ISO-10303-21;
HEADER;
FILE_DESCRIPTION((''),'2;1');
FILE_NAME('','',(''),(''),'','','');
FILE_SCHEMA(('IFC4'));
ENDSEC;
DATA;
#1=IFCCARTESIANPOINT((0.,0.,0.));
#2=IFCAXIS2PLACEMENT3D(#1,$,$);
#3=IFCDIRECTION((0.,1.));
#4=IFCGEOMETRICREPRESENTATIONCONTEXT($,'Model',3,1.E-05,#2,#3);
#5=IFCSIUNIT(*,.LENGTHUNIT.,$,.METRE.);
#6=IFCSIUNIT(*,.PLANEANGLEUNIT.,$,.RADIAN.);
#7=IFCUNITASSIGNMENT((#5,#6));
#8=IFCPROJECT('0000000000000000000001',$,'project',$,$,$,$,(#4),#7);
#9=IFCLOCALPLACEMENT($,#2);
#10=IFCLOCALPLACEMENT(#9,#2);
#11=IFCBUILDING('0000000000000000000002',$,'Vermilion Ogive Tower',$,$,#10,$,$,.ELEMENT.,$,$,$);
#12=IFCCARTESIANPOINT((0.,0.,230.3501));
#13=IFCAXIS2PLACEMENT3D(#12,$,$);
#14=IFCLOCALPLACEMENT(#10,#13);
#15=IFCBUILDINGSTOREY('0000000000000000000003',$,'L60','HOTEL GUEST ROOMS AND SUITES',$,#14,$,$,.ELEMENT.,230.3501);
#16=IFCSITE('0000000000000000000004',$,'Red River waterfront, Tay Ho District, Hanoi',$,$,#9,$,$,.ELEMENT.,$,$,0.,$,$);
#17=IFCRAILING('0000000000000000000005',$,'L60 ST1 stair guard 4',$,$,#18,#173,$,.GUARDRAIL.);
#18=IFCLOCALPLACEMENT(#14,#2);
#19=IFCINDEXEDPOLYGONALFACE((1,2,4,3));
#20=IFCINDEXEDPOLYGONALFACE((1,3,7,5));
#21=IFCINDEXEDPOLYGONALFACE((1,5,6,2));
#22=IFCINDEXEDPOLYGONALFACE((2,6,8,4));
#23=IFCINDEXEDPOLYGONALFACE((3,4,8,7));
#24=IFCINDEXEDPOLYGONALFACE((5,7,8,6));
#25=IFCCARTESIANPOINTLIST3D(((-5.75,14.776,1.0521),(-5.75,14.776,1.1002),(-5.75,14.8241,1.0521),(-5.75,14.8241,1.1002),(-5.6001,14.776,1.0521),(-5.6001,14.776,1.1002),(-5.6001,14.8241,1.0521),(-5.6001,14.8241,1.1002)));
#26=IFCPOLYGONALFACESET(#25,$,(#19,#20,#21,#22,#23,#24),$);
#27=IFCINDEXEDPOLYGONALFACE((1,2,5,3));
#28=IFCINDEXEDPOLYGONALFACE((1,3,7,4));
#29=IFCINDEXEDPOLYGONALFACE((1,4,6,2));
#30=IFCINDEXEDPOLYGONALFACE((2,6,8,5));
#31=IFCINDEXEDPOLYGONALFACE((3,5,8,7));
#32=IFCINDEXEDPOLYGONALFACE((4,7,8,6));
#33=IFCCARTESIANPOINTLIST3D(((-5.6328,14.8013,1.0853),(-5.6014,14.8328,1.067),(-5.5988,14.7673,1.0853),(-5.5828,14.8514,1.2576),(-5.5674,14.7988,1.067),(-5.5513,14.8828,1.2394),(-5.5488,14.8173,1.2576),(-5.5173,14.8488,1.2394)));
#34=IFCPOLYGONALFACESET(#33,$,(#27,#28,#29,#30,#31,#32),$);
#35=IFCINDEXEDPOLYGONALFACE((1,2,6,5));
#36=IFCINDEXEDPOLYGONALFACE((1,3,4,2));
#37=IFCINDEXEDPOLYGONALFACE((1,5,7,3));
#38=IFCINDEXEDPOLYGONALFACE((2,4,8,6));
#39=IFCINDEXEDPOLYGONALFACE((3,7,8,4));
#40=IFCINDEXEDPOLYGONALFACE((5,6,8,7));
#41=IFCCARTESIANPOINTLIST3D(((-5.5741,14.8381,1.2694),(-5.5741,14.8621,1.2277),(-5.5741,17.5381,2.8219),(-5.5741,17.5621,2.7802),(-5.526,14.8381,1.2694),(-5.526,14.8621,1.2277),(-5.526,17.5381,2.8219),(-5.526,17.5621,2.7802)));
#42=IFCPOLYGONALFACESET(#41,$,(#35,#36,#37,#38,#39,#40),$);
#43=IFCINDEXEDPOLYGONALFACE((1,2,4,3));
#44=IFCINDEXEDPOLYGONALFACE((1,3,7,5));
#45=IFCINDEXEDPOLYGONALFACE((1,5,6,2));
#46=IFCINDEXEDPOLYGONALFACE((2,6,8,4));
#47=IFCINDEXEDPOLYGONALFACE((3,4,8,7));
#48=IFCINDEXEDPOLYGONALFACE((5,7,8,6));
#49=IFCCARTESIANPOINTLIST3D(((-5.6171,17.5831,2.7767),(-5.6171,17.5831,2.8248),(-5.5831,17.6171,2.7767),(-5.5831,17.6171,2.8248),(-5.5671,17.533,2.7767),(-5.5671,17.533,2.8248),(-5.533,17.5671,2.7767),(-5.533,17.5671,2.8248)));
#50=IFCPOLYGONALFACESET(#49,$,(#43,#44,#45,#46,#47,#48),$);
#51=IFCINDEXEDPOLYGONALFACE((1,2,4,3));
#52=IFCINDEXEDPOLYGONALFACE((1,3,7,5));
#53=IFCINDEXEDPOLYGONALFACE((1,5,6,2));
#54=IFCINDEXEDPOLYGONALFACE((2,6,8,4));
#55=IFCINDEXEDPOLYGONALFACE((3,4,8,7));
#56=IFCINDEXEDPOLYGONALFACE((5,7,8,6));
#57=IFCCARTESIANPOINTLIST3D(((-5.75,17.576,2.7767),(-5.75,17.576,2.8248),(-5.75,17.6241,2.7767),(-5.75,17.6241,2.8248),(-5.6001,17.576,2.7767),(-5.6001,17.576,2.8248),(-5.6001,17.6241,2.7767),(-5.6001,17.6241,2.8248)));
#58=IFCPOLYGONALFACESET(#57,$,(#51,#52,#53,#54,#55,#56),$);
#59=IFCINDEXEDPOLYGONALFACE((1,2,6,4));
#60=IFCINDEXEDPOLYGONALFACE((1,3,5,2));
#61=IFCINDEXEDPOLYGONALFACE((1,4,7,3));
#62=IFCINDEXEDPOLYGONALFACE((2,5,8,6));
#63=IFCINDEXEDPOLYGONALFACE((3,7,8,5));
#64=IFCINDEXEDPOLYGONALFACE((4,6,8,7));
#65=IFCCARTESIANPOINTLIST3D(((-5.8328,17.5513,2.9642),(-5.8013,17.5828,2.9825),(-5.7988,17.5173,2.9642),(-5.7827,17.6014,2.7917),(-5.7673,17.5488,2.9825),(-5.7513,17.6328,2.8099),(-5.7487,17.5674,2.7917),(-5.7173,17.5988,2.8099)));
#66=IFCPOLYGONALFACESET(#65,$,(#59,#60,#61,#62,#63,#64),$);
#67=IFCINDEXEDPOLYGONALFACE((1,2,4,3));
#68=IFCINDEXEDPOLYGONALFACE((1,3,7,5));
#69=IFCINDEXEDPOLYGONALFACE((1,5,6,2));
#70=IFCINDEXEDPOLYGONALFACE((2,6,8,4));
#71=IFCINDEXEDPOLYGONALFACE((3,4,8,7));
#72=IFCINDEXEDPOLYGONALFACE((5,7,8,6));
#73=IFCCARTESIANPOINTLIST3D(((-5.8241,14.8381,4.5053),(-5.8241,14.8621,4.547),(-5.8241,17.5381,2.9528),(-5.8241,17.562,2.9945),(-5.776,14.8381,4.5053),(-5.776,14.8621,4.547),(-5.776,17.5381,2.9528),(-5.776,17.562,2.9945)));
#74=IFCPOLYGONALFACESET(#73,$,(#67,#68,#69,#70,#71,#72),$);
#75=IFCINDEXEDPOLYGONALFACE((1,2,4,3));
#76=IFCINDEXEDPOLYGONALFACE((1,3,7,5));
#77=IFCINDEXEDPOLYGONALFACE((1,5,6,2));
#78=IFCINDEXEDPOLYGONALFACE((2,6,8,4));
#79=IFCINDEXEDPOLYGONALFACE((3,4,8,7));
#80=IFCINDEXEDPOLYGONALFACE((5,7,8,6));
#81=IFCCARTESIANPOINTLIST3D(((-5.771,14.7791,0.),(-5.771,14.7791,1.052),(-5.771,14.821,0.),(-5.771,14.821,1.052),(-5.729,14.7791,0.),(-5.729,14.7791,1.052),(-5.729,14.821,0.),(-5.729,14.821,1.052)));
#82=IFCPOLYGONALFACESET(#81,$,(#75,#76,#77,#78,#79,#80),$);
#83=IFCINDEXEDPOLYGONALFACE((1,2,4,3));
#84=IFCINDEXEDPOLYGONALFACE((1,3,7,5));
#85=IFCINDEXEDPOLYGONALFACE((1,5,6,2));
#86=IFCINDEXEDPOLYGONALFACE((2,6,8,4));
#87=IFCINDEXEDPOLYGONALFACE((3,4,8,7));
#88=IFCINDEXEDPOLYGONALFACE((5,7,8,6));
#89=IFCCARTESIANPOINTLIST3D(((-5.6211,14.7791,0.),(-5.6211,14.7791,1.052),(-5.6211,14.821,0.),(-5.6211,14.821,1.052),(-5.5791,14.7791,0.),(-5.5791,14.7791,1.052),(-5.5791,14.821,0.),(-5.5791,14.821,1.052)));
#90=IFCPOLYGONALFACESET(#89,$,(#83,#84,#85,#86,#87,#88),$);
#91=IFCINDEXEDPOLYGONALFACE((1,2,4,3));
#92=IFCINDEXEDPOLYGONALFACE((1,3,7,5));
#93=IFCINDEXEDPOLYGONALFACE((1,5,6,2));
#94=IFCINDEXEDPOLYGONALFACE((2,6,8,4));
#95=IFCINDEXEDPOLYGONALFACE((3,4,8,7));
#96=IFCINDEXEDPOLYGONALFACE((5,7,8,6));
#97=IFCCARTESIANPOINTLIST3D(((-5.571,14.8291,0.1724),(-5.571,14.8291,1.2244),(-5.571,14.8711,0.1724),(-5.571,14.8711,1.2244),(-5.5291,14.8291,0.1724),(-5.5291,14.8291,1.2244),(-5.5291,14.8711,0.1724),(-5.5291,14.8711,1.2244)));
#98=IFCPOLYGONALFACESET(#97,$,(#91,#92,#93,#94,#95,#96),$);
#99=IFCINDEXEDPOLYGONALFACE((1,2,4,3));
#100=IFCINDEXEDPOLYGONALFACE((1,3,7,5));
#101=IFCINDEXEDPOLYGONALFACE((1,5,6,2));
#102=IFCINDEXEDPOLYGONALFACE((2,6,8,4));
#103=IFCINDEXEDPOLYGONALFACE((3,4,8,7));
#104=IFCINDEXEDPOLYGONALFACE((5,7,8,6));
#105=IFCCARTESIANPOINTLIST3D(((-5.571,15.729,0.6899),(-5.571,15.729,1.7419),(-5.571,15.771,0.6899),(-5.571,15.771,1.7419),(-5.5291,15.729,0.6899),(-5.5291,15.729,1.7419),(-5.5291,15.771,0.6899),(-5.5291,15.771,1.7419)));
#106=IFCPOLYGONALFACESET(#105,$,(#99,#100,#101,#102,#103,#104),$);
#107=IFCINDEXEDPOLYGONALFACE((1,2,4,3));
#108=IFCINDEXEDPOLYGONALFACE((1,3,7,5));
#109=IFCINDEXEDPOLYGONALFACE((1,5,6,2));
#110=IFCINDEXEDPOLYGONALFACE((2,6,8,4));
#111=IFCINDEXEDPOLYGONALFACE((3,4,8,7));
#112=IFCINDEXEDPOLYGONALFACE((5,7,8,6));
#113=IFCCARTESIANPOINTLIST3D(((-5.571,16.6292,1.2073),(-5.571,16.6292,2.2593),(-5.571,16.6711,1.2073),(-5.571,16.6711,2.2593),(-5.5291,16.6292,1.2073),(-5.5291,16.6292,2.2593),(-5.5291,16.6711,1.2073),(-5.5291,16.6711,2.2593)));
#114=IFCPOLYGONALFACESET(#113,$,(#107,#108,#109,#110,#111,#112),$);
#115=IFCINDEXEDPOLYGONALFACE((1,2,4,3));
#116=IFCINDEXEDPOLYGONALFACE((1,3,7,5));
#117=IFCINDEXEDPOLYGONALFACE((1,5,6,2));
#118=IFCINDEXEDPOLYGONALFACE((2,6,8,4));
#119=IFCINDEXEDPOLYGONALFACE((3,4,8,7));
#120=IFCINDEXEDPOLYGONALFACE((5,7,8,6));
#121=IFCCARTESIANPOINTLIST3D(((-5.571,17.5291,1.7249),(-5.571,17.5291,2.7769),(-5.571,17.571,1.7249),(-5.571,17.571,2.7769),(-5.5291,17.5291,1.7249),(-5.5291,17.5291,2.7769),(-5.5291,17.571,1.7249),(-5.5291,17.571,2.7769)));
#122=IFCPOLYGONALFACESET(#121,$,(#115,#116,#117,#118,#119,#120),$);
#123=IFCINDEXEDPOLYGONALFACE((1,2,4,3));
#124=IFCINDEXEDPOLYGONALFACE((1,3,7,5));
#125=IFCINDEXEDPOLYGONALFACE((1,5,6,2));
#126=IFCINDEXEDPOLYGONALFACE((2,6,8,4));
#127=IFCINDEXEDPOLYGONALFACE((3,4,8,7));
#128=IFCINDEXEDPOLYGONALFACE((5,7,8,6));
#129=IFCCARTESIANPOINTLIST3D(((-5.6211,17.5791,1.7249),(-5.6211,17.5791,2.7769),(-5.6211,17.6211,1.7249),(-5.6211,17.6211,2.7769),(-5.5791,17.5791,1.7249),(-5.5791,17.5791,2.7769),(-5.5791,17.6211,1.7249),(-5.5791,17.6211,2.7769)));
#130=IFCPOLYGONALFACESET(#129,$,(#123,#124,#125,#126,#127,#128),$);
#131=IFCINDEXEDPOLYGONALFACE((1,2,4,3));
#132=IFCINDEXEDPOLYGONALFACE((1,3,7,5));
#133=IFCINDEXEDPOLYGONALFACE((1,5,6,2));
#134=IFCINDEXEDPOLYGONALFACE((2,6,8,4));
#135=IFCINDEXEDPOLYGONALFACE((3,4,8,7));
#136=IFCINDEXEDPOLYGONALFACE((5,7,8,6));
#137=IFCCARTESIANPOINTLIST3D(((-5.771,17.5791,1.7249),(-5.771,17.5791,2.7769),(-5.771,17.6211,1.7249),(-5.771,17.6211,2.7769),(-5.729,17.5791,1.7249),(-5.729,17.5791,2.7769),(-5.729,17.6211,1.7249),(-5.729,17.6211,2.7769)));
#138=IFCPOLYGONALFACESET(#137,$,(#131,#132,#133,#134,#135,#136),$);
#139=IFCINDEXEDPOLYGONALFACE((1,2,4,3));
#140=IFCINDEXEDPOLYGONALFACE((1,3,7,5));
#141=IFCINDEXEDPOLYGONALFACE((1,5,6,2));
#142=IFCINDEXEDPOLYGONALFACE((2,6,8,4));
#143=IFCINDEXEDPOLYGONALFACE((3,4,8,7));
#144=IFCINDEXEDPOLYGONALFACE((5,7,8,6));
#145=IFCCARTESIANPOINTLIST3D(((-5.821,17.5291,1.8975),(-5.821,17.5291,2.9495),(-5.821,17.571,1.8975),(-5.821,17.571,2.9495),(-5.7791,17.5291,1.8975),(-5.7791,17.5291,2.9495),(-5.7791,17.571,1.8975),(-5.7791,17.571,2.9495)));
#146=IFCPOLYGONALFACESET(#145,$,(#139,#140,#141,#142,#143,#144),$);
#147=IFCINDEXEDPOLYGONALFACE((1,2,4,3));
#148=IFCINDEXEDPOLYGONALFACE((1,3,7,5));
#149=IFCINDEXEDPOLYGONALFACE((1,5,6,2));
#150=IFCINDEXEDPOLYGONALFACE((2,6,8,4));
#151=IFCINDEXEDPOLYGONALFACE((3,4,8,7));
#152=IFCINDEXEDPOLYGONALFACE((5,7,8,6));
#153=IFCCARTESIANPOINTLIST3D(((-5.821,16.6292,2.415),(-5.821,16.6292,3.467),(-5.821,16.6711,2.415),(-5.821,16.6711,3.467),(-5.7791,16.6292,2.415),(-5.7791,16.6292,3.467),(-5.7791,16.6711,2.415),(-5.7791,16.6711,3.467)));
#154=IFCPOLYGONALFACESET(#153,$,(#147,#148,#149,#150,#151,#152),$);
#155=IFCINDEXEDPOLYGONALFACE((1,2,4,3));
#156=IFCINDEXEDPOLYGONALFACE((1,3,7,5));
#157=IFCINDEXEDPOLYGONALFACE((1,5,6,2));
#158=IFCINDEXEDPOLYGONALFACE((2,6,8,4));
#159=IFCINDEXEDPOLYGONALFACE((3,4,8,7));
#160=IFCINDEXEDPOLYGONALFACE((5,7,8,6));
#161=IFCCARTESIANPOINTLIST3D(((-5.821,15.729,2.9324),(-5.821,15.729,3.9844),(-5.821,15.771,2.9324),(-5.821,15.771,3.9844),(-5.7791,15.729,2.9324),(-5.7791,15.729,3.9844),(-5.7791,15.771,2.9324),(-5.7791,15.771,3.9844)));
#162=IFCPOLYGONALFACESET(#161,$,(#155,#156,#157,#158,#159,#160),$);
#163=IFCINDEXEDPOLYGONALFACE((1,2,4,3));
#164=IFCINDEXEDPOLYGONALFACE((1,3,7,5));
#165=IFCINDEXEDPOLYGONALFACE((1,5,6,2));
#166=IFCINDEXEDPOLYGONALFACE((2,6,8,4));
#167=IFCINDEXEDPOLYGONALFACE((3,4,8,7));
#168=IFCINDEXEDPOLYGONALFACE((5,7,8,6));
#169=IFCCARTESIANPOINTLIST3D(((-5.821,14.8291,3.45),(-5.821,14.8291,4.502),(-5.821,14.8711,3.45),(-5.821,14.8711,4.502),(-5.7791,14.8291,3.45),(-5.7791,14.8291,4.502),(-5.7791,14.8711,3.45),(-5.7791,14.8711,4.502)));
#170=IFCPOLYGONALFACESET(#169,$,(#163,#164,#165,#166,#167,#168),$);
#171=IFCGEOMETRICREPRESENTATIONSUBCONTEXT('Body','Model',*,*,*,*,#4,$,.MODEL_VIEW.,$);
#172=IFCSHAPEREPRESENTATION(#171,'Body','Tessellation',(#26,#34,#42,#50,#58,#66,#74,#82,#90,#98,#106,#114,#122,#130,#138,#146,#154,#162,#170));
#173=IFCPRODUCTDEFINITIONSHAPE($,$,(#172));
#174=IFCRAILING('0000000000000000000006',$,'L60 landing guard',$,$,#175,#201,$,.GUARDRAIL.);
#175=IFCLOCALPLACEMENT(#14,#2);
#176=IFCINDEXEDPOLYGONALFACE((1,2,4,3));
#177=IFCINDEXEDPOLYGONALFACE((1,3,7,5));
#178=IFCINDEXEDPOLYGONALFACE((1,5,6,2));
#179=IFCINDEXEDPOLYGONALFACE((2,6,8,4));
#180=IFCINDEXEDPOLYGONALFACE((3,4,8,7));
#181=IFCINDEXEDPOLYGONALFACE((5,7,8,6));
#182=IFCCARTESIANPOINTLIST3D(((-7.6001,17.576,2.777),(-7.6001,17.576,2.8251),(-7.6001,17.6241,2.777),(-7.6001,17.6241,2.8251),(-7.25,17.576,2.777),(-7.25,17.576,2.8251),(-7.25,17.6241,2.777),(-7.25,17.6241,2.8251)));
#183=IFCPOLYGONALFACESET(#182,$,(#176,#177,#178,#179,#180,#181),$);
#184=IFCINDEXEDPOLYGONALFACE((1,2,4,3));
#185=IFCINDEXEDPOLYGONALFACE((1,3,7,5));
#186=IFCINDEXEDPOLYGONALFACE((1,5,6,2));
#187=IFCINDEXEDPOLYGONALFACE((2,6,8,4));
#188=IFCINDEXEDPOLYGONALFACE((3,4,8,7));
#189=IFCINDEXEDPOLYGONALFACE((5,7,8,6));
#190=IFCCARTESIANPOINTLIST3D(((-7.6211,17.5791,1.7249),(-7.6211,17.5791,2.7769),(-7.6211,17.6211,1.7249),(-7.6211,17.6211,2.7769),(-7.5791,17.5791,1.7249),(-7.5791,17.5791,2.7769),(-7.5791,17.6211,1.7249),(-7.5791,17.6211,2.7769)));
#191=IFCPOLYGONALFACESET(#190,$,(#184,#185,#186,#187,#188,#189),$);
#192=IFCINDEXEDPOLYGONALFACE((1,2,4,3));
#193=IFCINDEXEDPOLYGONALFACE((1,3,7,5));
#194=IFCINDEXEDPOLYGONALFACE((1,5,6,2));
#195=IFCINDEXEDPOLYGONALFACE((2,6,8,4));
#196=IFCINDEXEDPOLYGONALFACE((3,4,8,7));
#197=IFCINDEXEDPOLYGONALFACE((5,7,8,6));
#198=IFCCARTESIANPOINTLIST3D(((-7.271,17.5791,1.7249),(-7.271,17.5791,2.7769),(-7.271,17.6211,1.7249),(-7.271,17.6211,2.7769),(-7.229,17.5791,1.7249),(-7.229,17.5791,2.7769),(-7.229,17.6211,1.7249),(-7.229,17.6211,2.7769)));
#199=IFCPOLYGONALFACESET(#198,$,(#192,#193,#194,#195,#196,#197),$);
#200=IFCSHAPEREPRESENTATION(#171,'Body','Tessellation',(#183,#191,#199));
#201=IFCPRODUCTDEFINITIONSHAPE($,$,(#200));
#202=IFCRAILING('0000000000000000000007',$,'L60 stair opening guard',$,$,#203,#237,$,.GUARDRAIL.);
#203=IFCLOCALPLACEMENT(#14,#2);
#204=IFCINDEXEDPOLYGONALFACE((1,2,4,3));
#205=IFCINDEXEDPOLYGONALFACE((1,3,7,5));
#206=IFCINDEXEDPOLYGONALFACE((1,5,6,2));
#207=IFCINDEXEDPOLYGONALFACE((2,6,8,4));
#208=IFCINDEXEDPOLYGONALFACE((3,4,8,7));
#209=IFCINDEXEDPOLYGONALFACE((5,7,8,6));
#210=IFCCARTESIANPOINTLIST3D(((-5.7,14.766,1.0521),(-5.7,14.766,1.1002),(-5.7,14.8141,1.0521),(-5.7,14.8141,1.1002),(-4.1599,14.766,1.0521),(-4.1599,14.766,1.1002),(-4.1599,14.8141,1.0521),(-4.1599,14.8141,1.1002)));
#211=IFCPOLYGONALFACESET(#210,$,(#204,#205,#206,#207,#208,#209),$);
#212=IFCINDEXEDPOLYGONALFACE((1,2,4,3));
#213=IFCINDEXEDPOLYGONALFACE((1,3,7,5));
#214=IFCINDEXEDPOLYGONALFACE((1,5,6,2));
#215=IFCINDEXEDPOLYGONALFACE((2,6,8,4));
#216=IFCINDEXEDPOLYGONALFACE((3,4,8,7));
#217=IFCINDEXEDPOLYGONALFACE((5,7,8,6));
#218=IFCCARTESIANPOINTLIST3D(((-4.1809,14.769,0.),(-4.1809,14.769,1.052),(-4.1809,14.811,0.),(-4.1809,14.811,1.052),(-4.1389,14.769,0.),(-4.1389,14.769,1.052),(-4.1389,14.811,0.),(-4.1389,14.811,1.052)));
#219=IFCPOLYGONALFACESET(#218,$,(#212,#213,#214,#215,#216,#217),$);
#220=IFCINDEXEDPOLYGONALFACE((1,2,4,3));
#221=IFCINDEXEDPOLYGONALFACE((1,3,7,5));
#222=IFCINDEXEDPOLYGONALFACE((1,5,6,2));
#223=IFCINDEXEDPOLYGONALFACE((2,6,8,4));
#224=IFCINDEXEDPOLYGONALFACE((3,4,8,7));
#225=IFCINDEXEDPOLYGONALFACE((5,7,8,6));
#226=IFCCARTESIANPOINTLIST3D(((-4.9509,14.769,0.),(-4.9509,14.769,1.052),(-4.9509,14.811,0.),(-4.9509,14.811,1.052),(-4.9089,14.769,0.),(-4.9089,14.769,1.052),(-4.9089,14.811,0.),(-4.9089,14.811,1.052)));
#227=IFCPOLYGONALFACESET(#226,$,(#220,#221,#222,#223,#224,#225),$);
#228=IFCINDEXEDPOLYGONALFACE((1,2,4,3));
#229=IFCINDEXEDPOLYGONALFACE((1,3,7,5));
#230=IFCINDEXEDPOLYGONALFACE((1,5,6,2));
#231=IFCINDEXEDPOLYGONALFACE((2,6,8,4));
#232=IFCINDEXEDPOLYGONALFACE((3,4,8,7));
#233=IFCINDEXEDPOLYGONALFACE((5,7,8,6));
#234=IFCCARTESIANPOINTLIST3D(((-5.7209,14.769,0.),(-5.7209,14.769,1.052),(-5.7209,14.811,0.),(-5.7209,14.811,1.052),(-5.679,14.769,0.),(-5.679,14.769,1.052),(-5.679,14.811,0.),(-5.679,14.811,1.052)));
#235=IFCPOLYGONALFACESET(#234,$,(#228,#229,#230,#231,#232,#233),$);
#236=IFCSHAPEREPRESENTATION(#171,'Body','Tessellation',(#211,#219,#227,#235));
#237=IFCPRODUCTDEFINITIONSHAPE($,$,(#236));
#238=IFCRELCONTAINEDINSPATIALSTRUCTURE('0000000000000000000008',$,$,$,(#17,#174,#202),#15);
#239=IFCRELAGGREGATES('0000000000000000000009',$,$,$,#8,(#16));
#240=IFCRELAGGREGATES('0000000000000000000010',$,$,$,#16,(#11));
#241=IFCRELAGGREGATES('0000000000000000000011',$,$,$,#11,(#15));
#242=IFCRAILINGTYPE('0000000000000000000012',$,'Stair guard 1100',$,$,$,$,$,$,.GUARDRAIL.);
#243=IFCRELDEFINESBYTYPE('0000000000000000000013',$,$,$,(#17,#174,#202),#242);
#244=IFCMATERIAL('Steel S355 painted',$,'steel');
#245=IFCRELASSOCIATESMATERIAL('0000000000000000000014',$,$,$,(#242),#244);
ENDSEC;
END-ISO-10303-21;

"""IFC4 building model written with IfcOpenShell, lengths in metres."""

from ifc_helpers import new_model, si_unit, direction, frame, origin, origin_2d, place, context, subcontext, project, spatial, rectangle, extrude, material, type_object, element, save


model = new_model("IFC4")

# Units and contexts
model_context = context("Model", 3, precision=1e-05, world=origin(), true_north=direction((0.0, 1.0)))
body_context = subcontext(model_context, "Body", "Model", "MODEL_VIEW")
ifc_project = project(units=[si_unit("LENGTHUNIT", "METRE"), si_unit("PLANEANGLEUNIT", "RADIAN")], contexts=[model_context])

# Site, building, storey
site_placement = place(None, origin())
site = spatial("IfcSite", under=ifc_project, at=site_placement, Name="Red River waterfront, Tay Ho District, Hanoi", CompositionType="ELEMENT", RefElevation=0.0)
building_placement = place(site_placement, origin())
building = spatial("IfcBuilding", under=site, at=building_placement, Name="Vermilion Ogive Tower", CompositionType="ELEMENT")
storey_placement = place(building_placement, frame((0.0, 0.0, 230.3501)))
storey = spatial("IfcBuildingStorey", under=building, at=storey_placement, Name="L60", Description="HOTEL GUEST ROOMS AND SUITES", CompositionType="ELEMENT", Elevation=230.3501)

# Railings
ifc_material_1 = material(Name="Steel S355 painted", Category="steel")
railing_type_1 = type_object("IfcRailingType", Name="Stair guard 1100", PredefinedType="GUARDRAIL", material=ifc_material_1)
railing_1_placement = place(storey_placement, frame((-5.75, 14.8, 0.0)))
element("IfcRailing", 1, at=railing_1_placement, inside=storey, type_object=railing_type_1, Name="L60 ST1 stair guard 4", PredefinedType="GUARDRAIL", context=body_context, shape_type="SweptSolid", body=[
    extrude(rectangle(XDim=0.0481, YDim=0.0481, at=origin_2d()), frame((0.0, 0.0, 1.0762), z_axis=(1.0, 0.0, 0.0), x_axis=(0.0, 1.0, 0.0)), (0.0, 0.0, 1.0), 0.1499),
    extrude(rectangle(XDim=0.0481, YDim=0.0481, at=origin_2d()), frame((0.1499, 0.0, 1.0762), z_axis=(0.268603, 0.268603, 0.925043), x_axis=(-0.707107, 0.707107, 0.0)), (0.0, 0.0, 1.0), 0.1863),
    extrude(rectangle(XDim=0.0481, YDim=0.0481, at=origin_2d()), frame((0.2, 0.05, 1.2485), z_axis=(0.0, 0.866904, 0.498476), x_axis=(-1.0, 0.0, 0.0)), (0.0, 0.0, 1.0), 3.1145),
    extrude(rectangle(XDim=0.0481, YDim=0.0481, at=origin_2d()), frame((0.2, 2.75, 2.8008), z_axis=(-0.707107, 0.707107, 0.0), x_axis=(-0.707107, -0.707107, 0.0)), (0.0, 0.0, 1.0), 0.0708),
    extrude(rectangle(XDim=0.0481, YDim=0.0481, at=origin_2d()), frame((0.1499, 2.8, 2.8008), z_axis=(-1.0, 0.0, 0.0), x_axis=(0.0, -1.0, 0.0)), (0.0, 0.0, 1.0), 0.1499),
    extrude(rectangle(XDim=0.0481, YDim=0.0481, at=origin_2d()), frame((0.0, 2.8, 2.8008), z_axis=(-0.268278, -0.268278, 0.925232), x_axis=(0.707107, -0.707107, 0.0)), (0.0, 0.0, 1.0), 0.1865),
    extrude(rectangle(XDim=0.0481, YDim=0.0481, at=origin_2d()), frame((-0.05, 2.75, 2.9736), z_axis=(0.0, -0.866904, 0.498476), x_axis=(1.0, 0.0, 0.0)), (0.0, 0.0, 1.0), 3.1145),
    extrude(rectangle(XDim=0.042, YDim=0.042, at=origin_2d()), origin(), (0.0, 0.0, 1.0), 1.052),
    extrude(rectangle(XDim=0.042, YDim=0.042, at=origin_2d()), frame((0.1499, 0.0, 0.0)), (0.0, 0.0, 1.0), 1.052),
    extrude(rectangle(XDim=0.042, YDim=0.042, at=origin_2d()), frame((0.2, 0.05, 0.1724)), (0.0, 0.0, 1.0), 1.052),
    extrude(rectangle(XDim=0.042, YDim=0.042, at=origin_2d()), frame((0.2, 0.95, 0.6899)), (0.0, 0.0, 1.0), 1.052),
    extrude(rectangle(XDim=0.042, YDim=0.042, at=origin_2d()), frame((0.2, 1.8501, 1.2073)), (0.0, 0.0, 1.0), 1.052),
    extrude(rectangle(XDim=0.042, YDim=0.042, at=origin_2d()), frame((0.2, 2.75, 1.7249)), (0.0, 0.0, 1.0), 1.052),
    extrude(rectangle(XDim=0.042, YDim=0.042, at=origin_2d()), frame((0.1499, 2.8, 1.7249)), (0.0, 0.0, 1.0), 1.052),
    extrude(rectangle(XDim=0.042, YDim=0.042, at=origin_2d()), frame((0.0, 2.8, 1.7249)), (0.0, 0.0, 1.0), 1.052),
    extrude(rectangle(XDim=0.042, YDim=0.042, at=origin_2d()), frame((-0.05, 2.75, 1.8975)), (0.0, 0.0, 1.0), 1.052),
    extrude(rectangle(XDim=0.042, YDim=0.042, at=origin_2d()), frame((-0.05, 1.8501, 2.415)), (0.0, 0.0, 1.0), 1.052),
    extrude(rectangle(XDim=0.042, YDim=0.042, at=origin_2d()), frame((-0.05, 0.95, 2.9324)), (0.0, 0.0, 1.0), 1.052),
    extrude(rectangle(XDim=0.042, YDim=0.042, at=origin_2d()), frame((-0.05, 0.05, 3.45)), (0.0, 0.0, 1.0), 1.052),
])
railing_2_placement = place(storey_placement, frame((-7.6001, 17.6001, 1.7249)))
element("IfcRailing", 2, at=railing_2_placement, inside=storey, type_object=railing_type_1, Name="L60 landing guard", PredefinedType="GUARDRAIL", context=body_context, shape_type="SweptSolid", body=[
    extrude(rectangle(XDim=0.0481, YDim=0.0481, at=origin_2d()), frame((0.0, 0.0, 1.0762), z_axis=(1.0, 0.0, 0.0), x_axis=(0.0, 1.0, 0.0)), (0.0, 0.0, 1.0), 0.3501),
    extrude(rectangle(XDim=0.042, YDim=0.042, at=origin_2d()), origin(), (0.0, 0.0, 1.0), 1.052),
    extrude(rectangle(XDim=0.042, YDim=0.042, at=origin_2d()), frame((0.3501, 0.0, 0.0)), (0.0, 0.0, 1.0), 1.052),
])
railing_3_placement = place(storey_placement, frame((-4.1599, 14.79, 0.0)))
element("IfcRailing", 3, at=railing_3_placement, inside=storey, type_object=railing_type_1, Name="L60 stair opening guard", PredefinedType="GUARDRAIL", context=body_context, shape_type="SweptSolid", body=[
    extrude(rectangle(XDim=0.0481, YDim=0.0481, at=origin_2d()), frame((0.0, 0.0, 1.0762), z_axis=(-1.0, 0.0, 0.0), x_axis=(0.0, -1.0, 0.0)), (0.0, 0.0, 1.0), 1.54),
    extrude(rectangle(XDim=0.042, YDim=0.042, at=origin_2d()), origin(), (0.0, 0.0, 1.0), 1.052),
    extrude(rectangle(XDim=0.042, YDim=0.042, at=origin_2d()), frame((-0.77, 0.0, 0.0)), (0.0, 0.0, 1.0), 1.052),
    extrude(rectangle(XDim=0.042, YDim=0.042, at=origin_2d()), frame((-1.54, 0.0, 0.0)), (0.0, 0.0, 1.0), 1.052),
])

save(model, "model.ifc")
